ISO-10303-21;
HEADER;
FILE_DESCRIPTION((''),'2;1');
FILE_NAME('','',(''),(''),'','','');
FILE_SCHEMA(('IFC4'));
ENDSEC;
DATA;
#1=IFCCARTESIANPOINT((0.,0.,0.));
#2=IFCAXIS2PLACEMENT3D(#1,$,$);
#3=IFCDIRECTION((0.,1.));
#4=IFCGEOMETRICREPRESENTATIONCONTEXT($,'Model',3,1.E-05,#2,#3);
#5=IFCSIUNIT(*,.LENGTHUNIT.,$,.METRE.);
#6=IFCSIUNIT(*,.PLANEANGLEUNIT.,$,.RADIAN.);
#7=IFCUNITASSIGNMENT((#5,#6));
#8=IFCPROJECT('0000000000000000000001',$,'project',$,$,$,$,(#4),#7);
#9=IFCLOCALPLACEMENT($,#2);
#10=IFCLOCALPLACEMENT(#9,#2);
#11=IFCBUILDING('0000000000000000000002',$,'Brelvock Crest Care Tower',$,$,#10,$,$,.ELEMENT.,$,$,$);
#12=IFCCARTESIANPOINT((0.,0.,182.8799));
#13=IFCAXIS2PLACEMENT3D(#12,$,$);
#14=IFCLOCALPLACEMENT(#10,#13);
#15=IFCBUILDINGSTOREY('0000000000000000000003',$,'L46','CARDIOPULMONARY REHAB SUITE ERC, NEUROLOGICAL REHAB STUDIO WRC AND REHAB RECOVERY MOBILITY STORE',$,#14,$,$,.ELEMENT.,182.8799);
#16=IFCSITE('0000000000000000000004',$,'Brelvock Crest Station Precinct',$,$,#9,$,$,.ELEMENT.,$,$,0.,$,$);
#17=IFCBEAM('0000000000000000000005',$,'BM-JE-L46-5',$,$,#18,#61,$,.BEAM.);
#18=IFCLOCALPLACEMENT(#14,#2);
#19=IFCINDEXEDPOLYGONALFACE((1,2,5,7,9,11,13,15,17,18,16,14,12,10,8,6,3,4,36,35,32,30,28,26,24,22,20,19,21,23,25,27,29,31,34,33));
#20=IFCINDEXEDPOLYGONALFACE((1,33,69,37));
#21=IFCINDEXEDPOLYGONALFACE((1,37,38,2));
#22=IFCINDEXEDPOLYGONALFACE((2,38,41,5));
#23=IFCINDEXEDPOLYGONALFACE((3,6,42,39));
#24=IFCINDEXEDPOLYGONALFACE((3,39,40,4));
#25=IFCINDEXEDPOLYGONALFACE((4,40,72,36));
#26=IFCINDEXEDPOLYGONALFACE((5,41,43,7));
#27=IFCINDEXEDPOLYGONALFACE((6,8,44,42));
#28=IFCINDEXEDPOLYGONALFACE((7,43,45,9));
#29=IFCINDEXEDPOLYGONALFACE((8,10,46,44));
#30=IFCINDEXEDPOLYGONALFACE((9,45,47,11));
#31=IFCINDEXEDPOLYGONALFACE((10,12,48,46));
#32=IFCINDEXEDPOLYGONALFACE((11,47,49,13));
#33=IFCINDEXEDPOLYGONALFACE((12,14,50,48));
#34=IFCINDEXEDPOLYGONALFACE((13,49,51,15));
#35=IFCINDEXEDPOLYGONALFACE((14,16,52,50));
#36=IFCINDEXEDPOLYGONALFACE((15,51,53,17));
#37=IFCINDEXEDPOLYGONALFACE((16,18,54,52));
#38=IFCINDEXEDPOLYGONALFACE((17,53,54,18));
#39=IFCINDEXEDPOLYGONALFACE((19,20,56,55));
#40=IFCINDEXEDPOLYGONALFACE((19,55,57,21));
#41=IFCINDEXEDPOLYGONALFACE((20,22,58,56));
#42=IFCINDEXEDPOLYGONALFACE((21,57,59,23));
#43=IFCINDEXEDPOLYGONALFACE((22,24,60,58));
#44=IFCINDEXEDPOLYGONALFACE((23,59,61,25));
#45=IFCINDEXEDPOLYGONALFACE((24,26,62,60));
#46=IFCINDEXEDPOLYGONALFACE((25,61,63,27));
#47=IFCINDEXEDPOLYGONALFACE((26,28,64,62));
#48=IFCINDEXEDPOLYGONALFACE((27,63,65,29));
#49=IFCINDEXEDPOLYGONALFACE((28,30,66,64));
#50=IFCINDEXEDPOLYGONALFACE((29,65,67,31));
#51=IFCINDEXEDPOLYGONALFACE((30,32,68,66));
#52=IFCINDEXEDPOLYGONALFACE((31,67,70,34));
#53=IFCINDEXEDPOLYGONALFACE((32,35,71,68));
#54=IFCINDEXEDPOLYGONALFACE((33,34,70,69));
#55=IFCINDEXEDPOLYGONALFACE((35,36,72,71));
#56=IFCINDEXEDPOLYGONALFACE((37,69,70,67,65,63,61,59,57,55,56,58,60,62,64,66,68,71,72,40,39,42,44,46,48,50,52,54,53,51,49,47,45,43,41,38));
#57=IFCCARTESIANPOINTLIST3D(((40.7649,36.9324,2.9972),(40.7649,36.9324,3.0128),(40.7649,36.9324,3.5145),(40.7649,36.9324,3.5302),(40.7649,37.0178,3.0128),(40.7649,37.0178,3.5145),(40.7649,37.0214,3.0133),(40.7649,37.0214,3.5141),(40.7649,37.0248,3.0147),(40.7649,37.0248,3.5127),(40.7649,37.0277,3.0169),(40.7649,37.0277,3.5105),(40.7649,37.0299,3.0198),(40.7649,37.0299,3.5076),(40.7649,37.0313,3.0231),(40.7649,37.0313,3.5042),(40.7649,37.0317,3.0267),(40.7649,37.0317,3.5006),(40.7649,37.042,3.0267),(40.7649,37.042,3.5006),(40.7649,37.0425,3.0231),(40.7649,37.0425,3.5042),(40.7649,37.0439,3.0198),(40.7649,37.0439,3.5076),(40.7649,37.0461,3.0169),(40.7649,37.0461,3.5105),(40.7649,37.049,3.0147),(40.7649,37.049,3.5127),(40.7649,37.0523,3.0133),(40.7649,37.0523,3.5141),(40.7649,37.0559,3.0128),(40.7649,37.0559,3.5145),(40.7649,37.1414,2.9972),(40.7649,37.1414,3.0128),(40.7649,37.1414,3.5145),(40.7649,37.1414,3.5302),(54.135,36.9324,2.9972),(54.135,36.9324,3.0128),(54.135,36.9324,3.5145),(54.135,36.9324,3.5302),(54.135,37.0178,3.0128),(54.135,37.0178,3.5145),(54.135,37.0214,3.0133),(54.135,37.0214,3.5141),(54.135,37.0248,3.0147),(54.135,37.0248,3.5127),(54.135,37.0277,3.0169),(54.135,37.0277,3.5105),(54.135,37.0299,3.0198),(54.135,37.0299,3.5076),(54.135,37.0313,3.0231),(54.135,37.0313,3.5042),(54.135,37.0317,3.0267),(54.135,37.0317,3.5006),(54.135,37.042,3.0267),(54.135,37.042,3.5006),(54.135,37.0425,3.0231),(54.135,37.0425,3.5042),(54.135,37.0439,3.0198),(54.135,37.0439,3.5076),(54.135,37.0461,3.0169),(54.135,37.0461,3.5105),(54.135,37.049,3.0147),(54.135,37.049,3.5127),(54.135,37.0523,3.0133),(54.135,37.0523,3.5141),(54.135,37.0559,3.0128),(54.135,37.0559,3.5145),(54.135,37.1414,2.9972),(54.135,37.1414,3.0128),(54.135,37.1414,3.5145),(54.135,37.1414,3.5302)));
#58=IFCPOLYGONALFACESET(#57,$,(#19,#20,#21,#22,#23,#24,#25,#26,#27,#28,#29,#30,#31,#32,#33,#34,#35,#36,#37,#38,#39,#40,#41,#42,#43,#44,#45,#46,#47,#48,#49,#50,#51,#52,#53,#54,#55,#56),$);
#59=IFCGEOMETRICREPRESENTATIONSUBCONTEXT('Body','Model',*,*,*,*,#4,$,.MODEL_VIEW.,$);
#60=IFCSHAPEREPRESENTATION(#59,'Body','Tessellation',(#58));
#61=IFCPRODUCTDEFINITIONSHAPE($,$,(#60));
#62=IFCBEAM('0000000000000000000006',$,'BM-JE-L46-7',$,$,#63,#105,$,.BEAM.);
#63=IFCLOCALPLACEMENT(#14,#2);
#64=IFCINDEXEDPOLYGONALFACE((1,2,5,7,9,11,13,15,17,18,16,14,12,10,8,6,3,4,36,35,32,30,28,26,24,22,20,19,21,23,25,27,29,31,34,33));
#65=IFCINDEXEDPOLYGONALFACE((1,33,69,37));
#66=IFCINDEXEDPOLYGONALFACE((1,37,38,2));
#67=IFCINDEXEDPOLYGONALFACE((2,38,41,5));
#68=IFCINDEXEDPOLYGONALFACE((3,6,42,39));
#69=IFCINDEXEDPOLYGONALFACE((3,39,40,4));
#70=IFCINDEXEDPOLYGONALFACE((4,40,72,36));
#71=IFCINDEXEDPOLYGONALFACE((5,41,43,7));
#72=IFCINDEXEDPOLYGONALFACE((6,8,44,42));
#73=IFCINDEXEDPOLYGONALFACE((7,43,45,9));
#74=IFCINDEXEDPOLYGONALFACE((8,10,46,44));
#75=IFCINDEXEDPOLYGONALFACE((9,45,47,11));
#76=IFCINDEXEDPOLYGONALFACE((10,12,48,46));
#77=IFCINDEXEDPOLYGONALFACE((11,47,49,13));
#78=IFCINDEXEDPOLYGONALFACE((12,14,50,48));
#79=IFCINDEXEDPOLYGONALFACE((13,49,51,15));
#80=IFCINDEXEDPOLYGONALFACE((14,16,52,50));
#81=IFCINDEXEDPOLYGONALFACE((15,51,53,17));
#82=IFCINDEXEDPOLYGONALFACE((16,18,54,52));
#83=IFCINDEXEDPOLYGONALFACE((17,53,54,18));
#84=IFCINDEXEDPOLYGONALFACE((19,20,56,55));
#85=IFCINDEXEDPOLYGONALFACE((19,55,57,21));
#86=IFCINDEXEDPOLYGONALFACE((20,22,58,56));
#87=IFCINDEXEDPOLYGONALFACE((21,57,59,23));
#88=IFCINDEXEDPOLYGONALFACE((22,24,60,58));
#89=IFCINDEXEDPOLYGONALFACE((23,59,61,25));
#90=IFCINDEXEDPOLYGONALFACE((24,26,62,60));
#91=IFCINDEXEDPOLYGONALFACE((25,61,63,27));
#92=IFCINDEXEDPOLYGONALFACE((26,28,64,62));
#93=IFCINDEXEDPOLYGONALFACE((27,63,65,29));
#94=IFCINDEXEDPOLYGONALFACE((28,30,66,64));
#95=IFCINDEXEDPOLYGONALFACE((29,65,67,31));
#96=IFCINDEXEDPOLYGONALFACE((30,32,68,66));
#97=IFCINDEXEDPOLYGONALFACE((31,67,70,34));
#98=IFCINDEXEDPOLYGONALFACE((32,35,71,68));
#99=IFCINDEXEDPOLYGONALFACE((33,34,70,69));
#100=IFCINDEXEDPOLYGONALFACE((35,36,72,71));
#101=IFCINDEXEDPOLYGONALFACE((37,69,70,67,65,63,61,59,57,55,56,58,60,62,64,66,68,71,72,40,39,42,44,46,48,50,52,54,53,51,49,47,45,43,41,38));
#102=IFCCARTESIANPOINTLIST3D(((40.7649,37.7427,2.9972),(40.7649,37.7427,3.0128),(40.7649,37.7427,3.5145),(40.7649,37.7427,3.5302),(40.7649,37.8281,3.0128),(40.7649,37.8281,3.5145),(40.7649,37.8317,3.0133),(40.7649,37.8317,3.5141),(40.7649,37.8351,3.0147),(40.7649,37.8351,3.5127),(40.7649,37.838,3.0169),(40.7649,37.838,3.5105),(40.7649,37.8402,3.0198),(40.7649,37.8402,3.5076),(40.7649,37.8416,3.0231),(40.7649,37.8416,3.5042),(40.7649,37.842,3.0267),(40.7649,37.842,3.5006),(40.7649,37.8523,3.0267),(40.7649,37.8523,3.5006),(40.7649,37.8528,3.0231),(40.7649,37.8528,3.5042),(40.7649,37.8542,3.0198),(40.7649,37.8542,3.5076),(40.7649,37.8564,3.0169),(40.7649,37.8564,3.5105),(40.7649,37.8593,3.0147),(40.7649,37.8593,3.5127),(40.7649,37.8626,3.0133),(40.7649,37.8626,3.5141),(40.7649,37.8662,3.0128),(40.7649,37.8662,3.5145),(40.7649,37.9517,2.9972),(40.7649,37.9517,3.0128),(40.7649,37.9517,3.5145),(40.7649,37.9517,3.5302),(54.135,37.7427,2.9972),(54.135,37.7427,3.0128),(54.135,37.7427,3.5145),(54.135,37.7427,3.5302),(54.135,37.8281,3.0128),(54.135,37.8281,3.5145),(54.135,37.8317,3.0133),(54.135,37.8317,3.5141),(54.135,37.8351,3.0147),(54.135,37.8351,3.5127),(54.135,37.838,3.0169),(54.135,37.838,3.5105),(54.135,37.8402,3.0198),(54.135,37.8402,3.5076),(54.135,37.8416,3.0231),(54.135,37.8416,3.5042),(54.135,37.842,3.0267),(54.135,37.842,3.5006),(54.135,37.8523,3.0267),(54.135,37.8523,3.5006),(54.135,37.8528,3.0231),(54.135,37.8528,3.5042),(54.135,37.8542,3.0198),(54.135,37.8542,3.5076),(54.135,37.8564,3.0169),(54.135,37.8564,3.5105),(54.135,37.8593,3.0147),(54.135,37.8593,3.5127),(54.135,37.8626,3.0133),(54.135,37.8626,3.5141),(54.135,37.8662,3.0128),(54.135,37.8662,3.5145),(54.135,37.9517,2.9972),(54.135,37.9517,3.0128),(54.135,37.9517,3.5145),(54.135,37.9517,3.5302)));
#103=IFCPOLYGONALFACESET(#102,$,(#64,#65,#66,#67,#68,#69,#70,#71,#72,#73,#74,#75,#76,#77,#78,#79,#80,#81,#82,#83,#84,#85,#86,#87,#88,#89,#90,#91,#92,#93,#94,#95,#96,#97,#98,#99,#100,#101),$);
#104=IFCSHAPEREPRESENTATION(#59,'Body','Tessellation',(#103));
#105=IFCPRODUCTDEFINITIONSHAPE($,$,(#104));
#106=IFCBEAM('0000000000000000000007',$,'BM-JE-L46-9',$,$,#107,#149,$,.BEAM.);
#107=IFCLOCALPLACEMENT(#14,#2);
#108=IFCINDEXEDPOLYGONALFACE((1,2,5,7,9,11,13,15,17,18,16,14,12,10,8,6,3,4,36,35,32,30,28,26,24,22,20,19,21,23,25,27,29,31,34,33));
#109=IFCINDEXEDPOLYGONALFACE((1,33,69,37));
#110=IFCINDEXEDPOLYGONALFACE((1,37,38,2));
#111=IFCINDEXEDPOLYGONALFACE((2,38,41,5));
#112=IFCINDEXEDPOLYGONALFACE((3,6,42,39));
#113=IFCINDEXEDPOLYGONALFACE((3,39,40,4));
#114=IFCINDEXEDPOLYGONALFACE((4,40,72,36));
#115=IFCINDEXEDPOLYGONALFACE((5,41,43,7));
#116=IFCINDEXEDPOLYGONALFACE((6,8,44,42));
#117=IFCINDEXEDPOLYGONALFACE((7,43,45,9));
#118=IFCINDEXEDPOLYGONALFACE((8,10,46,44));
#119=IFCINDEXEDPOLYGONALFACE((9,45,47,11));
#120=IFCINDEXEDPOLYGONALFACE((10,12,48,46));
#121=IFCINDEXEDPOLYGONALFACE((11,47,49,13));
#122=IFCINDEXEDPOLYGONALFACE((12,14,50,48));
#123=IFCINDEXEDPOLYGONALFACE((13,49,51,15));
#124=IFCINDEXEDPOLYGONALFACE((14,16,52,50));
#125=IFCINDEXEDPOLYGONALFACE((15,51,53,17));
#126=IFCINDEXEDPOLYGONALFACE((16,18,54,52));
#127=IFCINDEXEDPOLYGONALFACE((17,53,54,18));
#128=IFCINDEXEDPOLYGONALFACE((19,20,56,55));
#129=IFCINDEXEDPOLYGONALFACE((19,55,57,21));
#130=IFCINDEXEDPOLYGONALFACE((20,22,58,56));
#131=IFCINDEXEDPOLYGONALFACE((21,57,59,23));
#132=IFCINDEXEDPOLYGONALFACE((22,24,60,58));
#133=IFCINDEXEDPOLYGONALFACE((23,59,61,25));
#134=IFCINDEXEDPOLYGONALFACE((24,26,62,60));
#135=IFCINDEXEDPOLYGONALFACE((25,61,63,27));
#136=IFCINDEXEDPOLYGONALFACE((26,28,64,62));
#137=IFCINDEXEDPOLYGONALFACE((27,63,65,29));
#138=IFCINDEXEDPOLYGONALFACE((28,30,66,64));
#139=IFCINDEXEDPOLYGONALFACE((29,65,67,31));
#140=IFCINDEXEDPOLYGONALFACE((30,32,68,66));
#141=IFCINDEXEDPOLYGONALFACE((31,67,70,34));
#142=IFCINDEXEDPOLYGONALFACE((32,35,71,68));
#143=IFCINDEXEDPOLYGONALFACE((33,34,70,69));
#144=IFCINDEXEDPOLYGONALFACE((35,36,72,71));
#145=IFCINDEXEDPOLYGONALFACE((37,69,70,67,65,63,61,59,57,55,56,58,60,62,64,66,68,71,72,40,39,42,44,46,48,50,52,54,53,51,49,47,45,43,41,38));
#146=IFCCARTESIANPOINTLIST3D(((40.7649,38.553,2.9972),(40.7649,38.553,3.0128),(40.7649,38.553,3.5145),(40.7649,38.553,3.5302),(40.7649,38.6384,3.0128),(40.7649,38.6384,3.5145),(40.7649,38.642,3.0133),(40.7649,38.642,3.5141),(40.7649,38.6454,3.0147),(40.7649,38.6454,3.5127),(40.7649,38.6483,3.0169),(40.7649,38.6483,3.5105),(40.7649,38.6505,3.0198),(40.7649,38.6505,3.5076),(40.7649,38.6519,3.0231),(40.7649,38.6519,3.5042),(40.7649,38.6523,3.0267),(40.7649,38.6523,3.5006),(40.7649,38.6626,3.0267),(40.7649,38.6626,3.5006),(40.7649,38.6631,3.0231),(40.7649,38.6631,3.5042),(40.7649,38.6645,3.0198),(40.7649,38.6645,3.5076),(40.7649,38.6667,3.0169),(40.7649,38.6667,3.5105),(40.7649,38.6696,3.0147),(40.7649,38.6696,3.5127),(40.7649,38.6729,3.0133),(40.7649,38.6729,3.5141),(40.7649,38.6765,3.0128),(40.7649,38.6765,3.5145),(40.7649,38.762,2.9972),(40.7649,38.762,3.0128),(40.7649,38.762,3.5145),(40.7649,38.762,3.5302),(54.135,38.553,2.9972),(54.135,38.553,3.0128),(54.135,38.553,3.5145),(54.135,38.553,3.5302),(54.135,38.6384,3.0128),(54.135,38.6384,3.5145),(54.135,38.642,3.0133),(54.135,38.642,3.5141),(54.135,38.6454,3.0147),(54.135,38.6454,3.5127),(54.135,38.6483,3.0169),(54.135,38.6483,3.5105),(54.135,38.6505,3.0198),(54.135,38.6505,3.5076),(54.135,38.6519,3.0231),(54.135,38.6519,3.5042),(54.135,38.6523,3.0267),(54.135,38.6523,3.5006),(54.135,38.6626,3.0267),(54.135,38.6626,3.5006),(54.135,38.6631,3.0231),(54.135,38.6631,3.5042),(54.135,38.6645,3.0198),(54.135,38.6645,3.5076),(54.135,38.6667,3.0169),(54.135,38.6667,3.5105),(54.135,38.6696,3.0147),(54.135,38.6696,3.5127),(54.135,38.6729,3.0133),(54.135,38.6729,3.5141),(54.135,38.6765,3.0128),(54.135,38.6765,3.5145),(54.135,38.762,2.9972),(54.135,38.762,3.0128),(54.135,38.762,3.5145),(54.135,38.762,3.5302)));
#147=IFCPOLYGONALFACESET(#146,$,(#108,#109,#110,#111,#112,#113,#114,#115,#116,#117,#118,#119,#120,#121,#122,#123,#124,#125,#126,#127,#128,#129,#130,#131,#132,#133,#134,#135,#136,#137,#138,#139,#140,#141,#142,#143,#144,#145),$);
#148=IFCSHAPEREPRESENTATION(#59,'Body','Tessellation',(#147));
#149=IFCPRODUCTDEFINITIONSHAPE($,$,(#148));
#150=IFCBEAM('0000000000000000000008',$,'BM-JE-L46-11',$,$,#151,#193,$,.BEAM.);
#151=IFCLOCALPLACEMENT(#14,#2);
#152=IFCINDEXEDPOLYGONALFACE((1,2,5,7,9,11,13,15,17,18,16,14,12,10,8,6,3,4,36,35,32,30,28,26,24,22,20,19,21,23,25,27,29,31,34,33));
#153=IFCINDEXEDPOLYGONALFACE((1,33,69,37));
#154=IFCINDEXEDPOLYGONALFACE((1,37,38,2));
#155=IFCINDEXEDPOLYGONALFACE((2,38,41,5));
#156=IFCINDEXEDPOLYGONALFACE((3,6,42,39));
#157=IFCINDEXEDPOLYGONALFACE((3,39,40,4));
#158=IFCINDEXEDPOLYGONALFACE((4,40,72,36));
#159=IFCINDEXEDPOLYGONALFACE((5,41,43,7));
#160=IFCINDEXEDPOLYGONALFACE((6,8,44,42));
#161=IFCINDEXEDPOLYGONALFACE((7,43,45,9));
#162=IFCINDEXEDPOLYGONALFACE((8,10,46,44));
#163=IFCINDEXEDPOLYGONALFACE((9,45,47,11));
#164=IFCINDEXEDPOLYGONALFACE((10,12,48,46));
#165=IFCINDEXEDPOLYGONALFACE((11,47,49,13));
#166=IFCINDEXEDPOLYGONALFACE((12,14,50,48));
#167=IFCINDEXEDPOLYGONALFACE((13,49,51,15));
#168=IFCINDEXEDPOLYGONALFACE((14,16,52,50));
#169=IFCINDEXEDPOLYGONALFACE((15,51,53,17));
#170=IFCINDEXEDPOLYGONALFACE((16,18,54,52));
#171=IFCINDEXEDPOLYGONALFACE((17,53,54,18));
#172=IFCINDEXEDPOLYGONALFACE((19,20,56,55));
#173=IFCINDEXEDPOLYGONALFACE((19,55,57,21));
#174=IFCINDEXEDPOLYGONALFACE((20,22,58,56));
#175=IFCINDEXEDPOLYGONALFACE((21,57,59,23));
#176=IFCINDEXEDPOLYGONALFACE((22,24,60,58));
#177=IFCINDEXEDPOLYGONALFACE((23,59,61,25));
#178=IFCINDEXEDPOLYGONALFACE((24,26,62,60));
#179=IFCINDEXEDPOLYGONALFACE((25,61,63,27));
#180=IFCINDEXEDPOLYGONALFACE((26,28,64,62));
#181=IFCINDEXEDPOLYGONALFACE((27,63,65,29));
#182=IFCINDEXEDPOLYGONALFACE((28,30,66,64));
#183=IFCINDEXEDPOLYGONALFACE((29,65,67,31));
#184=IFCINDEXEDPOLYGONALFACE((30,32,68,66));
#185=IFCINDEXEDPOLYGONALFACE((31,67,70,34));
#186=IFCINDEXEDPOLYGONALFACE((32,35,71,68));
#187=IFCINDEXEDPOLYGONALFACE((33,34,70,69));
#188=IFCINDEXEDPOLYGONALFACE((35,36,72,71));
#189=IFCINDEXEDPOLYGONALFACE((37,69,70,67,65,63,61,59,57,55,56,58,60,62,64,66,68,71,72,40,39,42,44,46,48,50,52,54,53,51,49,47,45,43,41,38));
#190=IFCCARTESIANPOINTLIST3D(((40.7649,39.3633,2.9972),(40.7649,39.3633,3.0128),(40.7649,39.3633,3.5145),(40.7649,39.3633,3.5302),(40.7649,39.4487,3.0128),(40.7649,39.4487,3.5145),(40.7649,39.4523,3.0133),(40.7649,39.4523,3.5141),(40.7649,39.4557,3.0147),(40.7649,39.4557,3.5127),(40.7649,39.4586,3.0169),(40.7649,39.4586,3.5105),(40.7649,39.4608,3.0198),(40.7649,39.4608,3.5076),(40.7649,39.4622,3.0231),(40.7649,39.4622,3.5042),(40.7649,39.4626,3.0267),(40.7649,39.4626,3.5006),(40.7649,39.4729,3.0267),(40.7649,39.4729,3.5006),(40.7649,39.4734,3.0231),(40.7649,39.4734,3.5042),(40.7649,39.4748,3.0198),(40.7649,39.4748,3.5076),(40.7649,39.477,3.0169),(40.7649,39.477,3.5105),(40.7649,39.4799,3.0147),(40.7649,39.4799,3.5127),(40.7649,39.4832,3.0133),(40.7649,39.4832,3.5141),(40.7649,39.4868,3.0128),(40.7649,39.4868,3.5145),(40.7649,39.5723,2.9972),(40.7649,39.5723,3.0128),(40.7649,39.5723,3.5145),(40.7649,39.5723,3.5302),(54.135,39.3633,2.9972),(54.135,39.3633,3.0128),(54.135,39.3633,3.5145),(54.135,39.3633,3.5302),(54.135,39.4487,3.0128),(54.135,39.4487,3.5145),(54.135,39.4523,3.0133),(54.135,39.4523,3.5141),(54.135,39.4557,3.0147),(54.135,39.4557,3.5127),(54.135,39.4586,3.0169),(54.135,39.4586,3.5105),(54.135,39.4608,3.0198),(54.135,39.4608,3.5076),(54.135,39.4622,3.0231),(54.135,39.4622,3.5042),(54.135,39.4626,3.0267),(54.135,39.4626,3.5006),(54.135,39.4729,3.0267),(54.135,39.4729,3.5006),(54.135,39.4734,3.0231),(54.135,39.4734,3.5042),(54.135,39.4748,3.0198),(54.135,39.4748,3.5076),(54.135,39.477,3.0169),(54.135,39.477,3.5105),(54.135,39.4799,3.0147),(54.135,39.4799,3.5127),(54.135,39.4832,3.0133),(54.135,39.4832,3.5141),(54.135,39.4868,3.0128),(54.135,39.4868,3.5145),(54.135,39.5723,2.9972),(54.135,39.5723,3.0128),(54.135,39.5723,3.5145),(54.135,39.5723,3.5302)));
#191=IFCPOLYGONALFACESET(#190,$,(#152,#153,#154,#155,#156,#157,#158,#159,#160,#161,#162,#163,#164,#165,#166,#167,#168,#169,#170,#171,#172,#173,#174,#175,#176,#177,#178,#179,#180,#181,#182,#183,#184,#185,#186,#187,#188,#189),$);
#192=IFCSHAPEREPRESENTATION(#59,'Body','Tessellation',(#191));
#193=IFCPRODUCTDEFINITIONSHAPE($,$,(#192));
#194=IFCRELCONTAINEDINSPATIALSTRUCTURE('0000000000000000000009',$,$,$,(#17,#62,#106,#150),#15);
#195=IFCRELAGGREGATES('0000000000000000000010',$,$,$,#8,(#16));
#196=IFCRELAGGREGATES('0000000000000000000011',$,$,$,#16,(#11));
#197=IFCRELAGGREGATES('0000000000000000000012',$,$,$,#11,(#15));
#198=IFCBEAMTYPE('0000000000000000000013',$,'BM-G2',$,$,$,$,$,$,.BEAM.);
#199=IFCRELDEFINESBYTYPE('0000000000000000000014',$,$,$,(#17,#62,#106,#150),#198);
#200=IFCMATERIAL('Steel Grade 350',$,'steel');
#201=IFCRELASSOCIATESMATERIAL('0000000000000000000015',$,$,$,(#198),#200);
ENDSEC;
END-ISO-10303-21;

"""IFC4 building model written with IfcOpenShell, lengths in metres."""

from ifc_helpers import new_model, si_unit, direction, frame, origin, origin_2d, place, context, subcontext, project, spatial, i_section, extrude, source, transform, mapped, material, material_profile, profile_set, type_object, element, save


model = new_model("IFC4")

# Units and contexts
model_context = context("Model", 3, precision=1e-05, world=origin(), true_north=direction((0.0, 1.0)))
body_context = subcontext(model_context, "Body", "Model", "MODEL_VIEW")
ifc_project = project(units=[si_unit("LENGTHUNIT", "METRE"), si_unit("PLANEANGLEUNIT", "RADIAN")], contexts=[model_context])

# Site, building, storey
site_placement = place(None, origin())
site = spatial("IfcSite", under=ifc_project, at=site_placement, Name="Brelvock Crest Station Precinct", CompositionType="ELEMENT", RefElevation=0.0)
building_placement = place(site_placement, origin())
building = spatial("IfcBuilding", under=site, at=building_placement, Name="Brelvock Crest Care Tower", CompositionType="ELEMENT")
storey_placement = place(building_placement, frame((0.0, 0.0, 182.8799)))
storey = spatial("IfcBuildingStorey", under=building, at=storey_placement, Name="L46", Description="CARDIOPULMONARY REHAB SUITE ERC, NEUROLOGICAL REHAB STUDIO WRC AND REHAB RECOVERY MOBILITY STORE", CompositionType="ELEMENT", Elevation=182.8799)

# Beams
ifc_material_1 = material(Name="Steel Grade 350", Category="steel")
ifc_material_profile_1 = material_profile(ifc_material_1, i_section(OverallWidth=0.209, OverallDepth=0.533, WebThickness=0.0103, FlangeThickness=0.0156, FilletRadius=0.0139, at=origin_2d()), Name="530UB92.4")
ifc_profile_set_1 = profile_set([ifc_material_profile_1], Name="Steel Grade 350")
beam_type_1 = type_object("IfcBeamType", Name="BM-G2", PredefinedType="BEAM", material=ifc_profile_set_1)
shared_shape_1 = source(origin(), body_context, "Body", "SweptSolid", [
    extrude(i_section(OverallWidth=0.209, OverallDepth=0.533, WebThickness=0.0103, FlangeThickness=0.0156, FilletRadius=0.0139, at=origin_2d()), origin(), (0.0, 0.0, 1.0), 13.3701),
])
for number, where, z_axis, x_axis, name in (
    (1, (40.7649, 37.0369, 3.2637), (1.0, 0.0, 0.0), (0.0, 1.0, 0.0), "BM-JE-L46-5"),
    (2, (40.7649, 37.8472, 3.2637), (1.0, 0.0, 0.0), (0.0, 1.0, 0.0), "BM-JE-L46-7"),
    (3, (40.7649, 38.6575, 3.2637), (1.0, 0.0, 0.0), (0.0, 1.0, 0.0), "BM-JE-L46-9"),
    (4, (40.7649, 39.4678, 3.2637), (1.0, 0.0, 0.0), (0.0, 1.0, 0.0), "BM-JE-L46-11"),
):
    element("IfcBeam", number, at=place(storey_placement, frame(where, z_axis=z_axis, x_axis=x_axis)), inside=storey, type_object=beam_type_1, Name=name, PredefinedType="BEAM", context=body_context, shape_type="MappedRepresentation", body=[
        mapped(shared_shape_1, transform((0.0, 0.0, 0.0), x_axis=(1.0, 0.0, 0.0), y_axis=(0.0, 1.0, 0.0), z_axis=(0.0, 0.0, 1.0), scale=1.0)),
    ])

save(model, "model.ifc")
